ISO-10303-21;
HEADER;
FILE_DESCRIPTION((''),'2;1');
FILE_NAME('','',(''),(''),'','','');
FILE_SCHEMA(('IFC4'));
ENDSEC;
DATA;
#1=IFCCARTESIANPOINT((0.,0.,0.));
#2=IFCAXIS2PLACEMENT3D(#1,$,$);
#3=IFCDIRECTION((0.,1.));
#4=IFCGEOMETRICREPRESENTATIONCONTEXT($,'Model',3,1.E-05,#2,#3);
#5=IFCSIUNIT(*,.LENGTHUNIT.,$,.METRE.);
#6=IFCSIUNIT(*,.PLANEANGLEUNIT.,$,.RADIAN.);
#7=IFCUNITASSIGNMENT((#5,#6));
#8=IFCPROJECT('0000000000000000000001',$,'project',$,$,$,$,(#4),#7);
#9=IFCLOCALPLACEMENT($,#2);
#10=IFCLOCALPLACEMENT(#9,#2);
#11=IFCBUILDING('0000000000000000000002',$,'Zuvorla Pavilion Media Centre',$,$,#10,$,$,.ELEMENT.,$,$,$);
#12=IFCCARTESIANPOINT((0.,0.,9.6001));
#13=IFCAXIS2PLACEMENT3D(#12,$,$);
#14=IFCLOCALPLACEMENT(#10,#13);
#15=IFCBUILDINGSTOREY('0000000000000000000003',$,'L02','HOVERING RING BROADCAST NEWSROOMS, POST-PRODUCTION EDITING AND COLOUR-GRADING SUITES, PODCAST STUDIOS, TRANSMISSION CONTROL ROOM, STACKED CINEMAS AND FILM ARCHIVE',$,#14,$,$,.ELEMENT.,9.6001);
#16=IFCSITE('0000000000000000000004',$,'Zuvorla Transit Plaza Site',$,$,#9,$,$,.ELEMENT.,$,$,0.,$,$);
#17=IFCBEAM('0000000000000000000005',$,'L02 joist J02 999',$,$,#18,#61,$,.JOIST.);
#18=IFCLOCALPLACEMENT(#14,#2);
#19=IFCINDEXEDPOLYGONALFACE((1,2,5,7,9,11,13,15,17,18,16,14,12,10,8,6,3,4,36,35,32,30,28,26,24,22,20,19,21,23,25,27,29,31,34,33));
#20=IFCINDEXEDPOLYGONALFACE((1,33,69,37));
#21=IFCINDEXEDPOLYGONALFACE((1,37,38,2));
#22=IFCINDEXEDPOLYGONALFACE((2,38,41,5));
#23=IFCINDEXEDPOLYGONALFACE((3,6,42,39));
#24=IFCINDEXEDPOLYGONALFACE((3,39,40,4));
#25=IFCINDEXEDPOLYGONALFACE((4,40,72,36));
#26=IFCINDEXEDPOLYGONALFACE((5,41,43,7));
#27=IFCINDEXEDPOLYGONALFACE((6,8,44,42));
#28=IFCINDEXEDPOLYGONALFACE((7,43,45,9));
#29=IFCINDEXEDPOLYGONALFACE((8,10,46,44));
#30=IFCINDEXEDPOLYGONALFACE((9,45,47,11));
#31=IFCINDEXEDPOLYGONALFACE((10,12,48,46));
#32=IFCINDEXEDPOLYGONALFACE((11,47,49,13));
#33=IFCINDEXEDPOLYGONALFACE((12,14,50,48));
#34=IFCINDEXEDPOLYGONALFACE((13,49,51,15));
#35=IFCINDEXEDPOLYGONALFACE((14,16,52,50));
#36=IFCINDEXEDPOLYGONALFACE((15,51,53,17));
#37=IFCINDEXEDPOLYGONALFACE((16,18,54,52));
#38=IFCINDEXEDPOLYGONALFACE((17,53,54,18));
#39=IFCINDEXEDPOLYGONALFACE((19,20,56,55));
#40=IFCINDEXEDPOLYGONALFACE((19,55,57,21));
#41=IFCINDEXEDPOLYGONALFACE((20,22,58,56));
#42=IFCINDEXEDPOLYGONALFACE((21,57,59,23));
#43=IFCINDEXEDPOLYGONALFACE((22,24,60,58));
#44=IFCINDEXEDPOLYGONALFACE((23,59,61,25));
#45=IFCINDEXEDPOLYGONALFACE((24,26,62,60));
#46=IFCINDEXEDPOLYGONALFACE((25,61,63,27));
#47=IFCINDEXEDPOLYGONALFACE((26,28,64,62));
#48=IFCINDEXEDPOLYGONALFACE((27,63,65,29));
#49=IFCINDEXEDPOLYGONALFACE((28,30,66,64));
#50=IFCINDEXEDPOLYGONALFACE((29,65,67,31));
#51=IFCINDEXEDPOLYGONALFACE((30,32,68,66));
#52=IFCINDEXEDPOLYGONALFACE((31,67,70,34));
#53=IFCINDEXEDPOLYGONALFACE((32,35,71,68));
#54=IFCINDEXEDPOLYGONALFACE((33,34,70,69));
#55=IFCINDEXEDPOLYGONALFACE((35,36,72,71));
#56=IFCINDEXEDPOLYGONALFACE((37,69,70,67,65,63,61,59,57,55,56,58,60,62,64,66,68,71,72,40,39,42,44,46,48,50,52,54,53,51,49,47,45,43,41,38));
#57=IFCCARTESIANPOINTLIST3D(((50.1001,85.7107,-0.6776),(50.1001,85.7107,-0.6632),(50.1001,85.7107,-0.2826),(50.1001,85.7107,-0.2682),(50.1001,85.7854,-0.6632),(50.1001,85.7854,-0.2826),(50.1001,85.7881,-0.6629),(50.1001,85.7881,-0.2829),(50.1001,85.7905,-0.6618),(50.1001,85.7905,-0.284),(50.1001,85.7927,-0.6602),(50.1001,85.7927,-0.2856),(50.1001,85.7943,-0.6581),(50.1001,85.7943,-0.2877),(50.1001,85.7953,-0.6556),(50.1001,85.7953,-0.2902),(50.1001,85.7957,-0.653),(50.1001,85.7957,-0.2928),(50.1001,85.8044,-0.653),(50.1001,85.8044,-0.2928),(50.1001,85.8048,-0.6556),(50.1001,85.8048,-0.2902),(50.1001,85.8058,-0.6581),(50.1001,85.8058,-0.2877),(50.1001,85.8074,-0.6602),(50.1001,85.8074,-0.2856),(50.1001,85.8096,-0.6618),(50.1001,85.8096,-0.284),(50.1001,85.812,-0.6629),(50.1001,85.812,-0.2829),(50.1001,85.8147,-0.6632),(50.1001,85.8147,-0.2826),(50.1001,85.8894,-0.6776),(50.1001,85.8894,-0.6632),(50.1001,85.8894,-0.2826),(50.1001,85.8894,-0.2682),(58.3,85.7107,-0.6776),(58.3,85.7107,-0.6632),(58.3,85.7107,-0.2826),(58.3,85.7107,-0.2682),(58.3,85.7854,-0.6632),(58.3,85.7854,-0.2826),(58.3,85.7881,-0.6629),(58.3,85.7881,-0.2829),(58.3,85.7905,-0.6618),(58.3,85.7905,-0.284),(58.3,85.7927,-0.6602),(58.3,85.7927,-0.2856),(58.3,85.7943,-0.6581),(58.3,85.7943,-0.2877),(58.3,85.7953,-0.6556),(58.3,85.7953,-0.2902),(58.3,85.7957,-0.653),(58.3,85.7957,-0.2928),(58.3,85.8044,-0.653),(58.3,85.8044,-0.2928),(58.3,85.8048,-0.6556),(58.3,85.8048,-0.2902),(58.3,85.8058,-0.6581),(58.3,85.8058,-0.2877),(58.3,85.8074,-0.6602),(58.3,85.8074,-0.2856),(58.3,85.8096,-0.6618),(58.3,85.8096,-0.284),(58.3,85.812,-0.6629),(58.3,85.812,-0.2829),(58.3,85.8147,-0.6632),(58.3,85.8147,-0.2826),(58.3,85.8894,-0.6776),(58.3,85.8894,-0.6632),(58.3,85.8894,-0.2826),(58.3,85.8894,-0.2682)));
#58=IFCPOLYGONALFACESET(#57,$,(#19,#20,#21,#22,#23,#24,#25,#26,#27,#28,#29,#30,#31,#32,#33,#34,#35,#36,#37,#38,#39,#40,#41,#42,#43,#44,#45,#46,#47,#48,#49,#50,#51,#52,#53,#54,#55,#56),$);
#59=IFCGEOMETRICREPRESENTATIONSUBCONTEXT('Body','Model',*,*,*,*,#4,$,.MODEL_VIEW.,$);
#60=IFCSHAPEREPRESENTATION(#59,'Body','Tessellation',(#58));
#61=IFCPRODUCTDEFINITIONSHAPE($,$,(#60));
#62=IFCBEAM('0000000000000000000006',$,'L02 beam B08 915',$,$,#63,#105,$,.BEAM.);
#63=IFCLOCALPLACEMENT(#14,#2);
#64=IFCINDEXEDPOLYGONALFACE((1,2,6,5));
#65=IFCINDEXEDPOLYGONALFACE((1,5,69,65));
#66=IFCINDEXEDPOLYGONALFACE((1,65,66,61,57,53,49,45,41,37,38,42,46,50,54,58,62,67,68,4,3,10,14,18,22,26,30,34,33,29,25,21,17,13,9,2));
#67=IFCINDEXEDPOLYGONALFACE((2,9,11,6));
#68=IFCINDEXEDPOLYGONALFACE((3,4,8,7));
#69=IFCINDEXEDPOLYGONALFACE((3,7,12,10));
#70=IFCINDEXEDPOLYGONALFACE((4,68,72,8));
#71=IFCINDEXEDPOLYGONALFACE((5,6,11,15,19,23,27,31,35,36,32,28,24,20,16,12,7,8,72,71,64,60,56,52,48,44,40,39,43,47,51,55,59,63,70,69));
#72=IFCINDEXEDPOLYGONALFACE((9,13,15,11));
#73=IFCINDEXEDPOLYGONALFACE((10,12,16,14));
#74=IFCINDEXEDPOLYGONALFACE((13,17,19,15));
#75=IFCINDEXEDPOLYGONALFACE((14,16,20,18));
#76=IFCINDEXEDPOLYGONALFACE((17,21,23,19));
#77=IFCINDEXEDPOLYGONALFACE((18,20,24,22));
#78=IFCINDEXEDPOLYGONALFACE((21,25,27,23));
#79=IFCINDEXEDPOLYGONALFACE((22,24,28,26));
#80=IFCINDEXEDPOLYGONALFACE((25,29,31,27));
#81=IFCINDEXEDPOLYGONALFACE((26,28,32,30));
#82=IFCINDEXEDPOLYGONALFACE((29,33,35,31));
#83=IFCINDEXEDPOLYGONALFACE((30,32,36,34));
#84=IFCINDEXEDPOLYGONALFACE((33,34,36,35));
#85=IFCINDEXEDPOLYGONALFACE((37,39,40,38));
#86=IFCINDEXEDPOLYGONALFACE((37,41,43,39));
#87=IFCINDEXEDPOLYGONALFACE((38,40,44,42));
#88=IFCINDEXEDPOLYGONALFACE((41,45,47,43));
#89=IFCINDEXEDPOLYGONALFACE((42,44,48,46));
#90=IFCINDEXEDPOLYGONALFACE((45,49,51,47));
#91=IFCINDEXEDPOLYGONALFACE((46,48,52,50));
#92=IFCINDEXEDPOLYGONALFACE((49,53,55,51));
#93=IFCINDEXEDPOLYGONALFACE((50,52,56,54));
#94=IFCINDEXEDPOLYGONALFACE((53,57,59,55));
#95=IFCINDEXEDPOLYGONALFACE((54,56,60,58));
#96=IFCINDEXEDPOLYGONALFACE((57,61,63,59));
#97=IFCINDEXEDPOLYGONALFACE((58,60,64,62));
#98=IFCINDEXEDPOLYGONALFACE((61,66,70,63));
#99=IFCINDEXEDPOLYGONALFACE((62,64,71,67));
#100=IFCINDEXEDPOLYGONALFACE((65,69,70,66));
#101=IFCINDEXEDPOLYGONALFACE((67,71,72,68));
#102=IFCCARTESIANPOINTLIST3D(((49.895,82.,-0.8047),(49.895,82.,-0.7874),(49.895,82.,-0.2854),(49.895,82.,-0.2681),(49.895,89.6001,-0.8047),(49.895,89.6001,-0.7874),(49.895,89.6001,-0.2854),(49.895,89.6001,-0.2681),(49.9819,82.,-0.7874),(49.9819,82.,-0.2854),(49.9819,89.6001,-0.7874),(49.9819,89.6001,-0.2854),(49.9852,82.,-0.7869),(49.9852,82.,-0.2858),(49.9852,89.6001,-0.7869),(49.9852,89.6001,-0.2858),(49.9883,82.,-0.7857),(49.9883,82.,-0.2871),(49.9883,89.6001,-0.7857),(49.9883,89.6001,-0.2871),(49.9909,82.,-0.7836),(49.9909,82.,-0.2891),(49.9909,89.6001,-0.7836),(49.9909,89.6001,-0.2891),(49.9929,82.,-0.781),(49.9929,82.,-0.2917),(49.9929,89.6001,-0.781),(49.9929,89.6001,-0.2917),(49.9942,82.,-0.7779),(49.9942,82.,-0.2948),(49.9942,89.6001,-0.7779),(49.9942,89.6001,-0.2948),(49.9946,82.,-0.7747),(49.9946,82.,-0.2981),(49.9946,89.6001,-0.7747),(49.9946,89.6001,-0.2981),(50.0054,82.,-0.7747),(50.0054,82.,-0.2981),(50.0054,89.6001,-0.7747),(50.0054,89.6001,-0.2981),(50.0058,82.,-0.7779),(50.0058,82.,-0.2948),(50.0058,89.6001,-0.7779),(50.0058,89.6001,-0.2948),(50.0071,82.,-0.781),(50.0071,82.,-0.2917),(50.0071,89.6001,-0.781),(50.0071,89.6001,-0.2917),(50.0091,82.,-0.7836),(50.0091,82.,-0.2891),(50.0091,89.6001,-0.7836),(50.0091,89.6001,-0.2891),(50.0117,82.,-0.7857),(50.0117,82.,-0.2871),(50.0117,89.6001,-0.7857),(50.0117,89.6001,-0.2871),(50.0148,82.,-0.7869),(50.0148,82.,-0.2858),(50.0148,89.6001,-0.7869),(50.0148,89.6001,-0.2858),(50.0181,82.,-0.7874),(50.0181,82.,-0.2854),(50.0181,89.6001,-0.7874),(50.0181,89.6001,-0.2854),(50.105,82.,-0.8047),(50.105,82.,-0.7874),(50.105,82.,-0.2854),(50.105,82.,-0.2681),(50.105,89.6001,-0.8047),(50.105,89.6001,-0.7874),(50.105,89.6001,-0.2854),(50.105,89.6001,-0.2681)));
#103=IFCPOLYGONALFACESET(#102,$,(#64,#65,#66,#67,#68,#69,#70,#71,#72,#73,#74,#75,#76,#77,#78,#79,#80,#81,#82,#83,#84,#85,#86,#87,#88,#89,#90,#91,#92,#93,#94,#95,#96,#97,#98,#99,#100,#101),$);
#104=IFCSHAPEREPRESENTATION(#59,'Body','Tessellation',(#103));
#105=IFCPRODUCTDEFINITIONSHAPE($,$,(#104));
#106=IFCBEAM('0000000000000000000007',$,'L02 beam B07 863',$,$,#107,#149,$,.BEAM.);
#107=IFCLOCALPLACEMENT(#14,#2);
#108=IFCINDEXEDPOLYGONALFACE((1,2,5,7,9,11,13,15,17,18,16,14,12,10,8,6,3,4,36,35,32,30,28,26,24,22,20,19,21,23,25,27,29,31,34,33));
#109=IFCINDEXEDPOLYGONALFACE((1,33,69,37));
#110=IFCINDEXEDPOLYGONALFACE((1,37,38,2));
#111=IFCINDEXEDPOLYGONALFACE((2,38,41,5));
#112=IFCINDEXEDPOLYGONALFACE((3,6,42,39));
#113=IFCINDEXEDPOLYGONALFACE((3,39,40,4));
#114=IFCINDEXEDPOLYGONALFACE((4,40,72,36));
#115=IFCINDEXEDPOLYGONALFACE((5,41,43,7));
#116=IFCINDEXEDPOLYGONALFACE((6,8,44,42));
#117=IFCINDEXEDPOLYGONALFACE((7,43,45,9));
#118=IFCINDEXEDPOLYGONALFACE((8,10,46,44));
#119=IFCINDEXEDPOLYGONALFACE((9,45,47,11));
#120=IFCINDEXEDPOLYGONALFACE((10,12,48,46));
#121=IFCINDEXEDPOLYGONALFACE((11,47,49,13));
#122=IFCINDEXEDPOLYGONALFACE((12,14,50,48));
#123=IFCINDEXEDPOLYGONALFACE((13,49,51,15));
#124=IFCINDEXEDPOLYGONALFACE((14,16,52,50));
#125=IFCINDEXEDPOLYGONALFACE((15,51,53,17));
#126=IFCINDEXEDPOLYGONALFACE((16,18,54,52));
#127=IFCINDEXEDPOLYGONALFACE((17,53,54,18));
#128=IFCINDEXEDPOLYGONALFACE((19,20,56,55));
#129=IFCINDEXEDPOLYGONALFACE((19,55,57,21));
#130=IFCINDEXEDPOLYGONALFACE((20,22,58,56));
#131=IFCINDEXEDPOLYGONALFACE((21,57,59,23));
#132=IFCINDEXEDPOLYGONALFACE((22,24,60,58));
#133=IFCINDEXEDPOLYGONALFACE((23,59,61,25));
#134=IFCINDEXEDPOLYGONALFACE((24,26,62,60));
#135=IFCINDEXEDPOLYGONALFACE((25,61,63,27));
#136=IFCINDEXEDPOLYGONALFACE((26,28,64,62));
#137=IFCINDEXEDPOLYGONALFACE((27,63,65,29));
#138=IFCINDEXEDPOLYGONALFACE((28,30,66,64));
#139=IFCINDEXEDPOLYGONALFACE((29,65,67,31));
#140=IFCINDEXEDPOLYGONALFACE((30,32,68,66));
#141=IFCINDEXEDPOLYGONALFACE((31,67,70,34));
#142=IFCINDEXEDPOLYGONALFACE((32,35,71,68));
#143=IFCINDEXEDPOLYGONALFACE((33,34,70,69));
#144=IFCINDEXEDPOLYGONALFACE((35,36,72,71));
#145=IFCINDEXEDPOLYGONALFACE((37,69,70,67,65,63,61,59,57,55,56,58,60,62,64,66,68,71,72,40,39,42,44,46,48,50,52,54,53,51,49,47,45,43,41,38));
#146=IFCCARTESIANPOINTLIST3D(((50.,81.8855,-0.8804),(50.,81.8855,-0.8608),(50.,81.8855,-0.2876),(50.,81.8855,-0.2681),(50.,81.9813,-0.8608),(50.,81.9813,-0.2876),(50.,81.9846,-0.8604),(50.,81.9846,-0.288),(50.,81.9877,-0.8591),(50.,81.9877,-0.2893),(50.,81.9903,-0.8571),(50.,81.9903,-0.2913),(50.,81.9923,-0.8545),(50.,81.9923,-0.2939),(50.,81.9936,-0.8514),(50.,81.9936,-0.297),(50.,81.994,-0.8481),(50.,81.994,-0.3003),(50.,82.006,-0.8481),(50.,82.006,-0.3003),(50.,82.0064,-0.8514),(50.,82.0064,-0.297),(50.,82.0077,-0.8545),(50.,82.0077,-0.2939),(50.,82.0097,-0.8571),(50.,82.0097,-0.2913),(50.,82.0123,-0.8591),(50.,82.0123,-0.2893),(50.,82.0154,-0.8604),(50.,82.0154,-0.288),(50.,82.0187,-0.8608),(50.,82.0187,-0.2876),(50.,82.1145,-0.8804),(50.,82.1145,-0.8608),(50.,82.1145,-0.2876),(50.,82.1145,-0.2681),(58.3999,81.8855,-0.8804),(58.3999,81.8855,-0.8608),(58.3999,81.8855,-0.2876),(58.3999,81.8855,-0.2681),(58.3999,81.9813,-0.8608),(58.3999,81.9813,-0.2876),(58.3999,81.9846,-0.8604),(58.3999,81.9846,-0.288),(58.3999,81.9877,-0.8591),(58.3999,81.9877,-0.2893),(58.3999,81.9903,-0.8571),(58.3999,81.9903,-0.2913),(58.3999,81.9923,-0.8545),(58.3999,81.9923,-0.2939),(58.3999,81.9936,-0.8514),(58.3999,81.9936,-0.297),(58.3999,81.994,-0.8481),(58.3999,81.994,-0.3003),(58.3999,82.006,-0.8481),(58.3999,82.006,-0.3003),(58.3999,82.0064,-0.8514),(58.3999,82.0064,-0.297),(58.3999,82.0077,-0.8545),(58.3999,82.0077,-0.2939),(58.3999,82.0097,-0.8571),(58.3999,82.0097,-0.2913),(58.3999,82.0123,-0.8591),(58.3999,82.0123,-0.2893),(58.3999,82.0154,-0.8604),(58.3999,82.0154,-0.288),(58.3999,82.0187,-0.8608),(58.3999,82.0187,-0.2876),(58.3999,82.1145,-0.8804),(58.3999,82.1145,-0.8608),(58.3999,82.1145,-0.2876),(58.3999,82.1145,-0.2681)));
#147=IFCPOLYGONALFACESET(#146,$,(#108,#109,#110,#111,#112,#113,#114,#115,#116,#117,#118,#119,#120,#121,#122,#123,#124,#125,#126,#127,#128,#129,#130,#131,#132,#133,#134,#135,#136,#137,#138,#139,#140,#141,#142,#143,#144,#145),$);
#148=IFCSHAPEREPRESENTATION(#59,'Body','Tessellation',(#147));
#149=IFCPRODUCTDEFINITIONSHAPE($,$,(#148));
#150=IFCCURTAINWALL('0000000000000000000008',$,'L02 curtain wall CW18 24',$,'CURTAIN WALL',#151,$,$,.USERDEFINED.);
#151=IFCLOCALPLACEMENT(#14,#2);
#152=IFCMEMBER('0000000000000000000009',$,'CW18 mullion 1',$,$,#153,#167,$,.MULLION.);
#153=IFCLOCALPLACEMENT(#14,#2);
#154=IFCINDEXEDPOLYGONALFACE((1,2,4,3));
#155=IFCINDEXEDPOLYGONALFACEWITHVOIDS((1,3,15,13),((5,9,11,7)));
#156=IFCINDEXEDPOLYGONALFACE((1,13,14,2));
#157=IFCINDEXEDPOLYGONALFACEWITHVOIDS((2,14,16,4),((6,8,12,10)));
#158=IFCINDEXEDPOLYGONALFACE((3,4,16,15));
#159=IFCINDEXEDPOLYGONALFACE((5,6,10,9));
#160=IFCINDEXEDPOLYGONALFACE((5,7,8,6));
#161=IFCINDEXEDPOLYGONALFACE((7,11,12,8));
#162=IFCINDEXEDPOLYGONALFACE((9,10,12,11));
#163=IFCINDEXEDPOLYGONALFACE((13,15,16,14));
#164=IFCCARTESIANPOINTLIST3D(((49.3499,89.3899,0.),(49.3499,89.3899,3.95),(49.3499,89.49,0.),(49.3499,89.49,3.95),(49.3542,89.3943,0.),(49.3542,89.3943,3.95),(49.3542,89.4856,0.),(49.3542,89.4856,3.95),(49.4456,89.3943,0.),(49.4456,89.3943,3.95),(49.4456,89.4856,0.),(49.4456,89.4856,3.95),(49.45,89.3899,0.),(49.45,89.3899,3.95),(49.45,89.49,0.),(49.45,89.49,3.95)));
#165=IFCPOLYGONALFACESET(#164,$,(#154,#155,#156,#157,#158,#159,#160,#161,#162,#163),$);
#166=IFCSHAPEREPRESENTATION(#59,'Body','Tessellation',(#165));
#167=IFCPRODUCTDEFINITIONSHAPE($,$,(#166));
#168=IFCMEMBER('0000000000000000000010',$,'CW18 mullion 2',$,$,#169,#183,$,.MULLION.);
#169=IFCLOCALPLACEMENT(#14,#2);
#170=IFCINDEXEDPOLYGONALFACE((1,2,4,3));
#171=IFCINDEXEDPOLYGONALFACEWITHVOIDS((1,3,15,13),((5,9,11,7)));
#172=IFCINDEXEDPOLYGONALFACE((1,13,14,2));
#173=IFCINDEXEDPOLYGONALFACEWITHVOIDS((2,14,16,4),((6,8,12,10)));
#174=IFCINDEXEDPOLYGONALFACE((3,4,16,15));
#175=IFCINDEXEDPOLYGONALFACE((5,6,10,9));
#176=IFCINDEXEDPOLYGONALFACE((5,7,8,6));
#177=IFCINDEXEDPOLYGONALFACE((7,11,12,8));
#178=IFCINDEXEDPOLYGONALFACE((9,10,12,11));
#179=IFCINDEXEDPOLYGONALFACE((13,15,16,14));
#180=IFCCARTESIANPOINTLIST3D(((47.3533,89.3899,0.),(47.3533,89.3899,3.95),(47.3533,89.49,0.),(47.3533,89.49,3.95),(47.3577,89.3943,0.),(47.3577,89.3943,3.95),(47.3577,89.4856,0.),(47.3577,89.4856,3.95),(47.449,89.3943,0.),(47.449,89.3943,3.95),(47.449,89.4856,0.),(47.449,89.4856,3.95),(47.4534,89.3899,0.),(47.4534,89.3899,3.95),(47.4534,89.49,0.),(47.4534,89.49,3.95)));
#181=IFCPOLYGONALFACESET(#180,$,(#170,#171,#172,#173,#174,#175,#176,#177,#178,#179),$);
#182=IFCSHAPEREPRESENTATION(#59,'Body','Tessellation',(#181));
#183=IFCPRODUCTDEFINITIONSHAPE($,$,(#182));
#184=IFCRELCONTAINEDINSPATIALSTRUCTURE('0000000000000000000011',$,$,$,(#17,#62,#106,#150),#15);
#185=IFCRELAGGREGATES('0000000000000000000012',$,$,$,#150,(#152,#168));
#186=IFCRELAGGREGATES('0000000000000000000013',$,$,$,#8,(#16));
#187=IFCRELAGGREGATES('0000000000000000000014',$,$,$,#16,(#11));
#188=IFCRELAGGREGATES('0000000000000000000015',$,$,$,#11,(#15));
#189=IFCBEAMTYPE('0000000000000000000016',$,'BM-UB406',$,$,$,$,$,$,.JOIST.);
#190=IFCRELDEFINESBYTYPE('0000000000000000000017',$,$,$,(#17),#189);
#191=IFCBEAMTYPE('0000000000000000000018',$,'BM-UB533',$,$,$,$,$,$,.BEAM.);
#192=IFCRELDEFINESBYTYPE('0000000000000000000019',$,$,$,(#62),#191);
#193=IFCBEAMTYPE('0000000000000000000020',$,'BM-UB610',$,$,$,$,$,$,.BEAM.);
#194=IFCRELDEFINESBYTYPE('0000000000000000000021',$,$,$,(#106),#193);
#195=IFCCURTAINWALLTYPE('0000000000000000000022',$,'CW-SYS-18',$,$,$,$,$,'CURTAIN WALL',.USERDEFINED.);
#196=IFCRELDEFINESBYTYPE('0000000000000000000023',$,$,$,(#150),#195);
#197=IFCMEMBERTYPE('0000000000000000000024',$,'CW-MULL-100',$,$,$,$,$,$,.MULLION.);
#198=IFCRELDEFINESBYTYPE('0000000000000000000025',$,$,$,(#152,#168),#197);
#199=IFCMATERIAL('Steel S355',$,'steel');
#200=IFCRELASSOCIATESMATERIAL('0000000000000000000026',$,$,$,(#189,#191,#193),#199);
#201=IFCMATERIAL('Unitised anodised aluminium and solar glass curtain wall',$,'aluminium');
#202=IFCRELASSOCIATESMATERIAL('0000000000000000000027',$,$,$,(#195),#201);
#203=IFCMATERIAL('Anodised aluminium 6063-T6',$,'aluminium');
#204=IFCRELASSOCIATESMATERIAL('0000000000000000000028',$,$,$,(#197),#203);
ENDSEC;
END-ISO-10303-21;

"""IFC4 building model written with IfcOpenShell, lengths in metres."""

from ifc_helpers import new_model, si_unit, direction, frame, origin, origin_2d, place, context, subcontext, project, spatial, hollow_rectangle, i_section, extrude, material, material_profile, profile_set, type_object, element, aggregate, save


model = new_model("IFC4")

# Units and contexts
model_context = context("Model", 3, precision=1e-05, world=origin(), true_north=direction((0.0, 1.0)))
body_context = subcontext(model_context, "Body", "Model", "MODEL_VIEW")
ifc_project = project(units=[si_unit("LENGTHUNIT", "METRE"), si_unit("PLANEANGLEUNIT", "RADIAN")], contexts=[model_context])

# Site, building, storey
site_placement = place(None, origin())
site = spatial("IfcSite", under=ifc_project, at=site_placement, Name="Zuvorla Transit Plaza Site", CompositionType="ELEMENT", RefElevation=0.0)
building_placement = place(site_placement, origin())
building = spatial("IfcBuilding", under=site, at=building_placement, Name="Zuvorla Pavilion Media Centre", CompositionType="ELEMENT")
storey_placement = place(building_placement, frame((0.0, 0.0, 9.6001)))
storey = spatial("IfcBuildingStorey", under=building, at=storey_placement, Name="L02", Description="HOVERING RING BROADCAST NEWSROOMS, POST-PRODUCTION EDITING AND COLOUR-GRADING SUITES, PODCAST STUDIOS, TRANSMISSION CONTROL ROOM, STACKED CINEMAS AND FILM ARCHIVE", CompositionType="ELEMENT", Elevation=9.6001)

# Shared definitions
ifc_material_1 = material(Name="Steel S355", Category="steel")

# Beams
ifc_material_profile_1 = material_profile(ifc_material_1, i_section(OverallWidth=0.1787, OverallDepth=0.4094, WebThickness=0.0088, FlangeThickness=0.0144, FilletRadius=0.0103, at=origin_2d()), Name="UB 406x178x67")
ifc_profile_set_1 = profile_set([ifc_material_profile_1], Name="Steel S355")
beam_type_1 = type_object("IfcBeamType", Name="BM-UB406", PredefinedType="JOIST", material=ifc_profile_set_1)
for number, where, z_axis, x_axis, name in (
    (1, (50.1001, 85.8, -0.4729), (1.0, 0.0, 0.0), (0.0, 1.0, 0.0), "L02 joist J02 999"),
):
    element("IfcBeam", number, at=place(storey_placement, frame(where, z_axis=z_axis, x_axis=x_axis)), inside=storey, type_object=beam_type_1, Name=name, PredefinedType="JOIST", context=body_context, shape_type="SweptSolid", body=[
        extrude(i_section(OverallWidth=0.1787, OverallDepth=0.4094, WebThickness=0.0088, FlangeThickness=0.0144, FilletRadius=0.0103, at=origin_2d()), origin(), (0.0, 0.0, 1.0), 8.2),
    ])
ifc_material_profile_2 = material_profile(ifc_material_1, i_section(OverallWidth=0.21, OverallDepth=0.5366, WebThickness=0.0107, FlangeThickness=0.0173, FilletRadius=0.0127, at=origin_2d()), Name="UB 533x210x101")
ifc_profile_set_2 = profile_set([ifc_material_profile_2], Name="Steel S355")
beam_type_2 = type_object("IfcBeamType", Name="BM-UB533", PredefinedType="BEAM", material=ifc_profile_set_2)
beam_1_placement = place(storey_placement, frame((50.0, 82.0, -0.5364), z_axis=(0.0, 1.0, 0.0), x_axis=(-1.0, 0.0, 0.0)))
element("IfcBeam", 2, at=beam_1_placement, inside=storey, type_object=beam_type_2, Name="L02 beam B08 915", PredefinedType="BEAM", context=body_context, shape_type="SweptSolid", body=[
    extrude(i_section(OverallWidth=0.21, OverallDepth=0.5366, WebThickness=0.0107, FlangeThickness=0.0173, FilletRadius=0.0127, at=origin_2d()), origin(), (0.0, 0.0, 1.0), 7.6001),
])
ifc_material_profile_3 = material_profile(ifc_material_1, i_section(OverallWidth=0.229, OverallDepth=0.6123, WebThickness=0.012, FlangeThickness=0.0195, FilletRadius=0.0127, at=origin_2d()), Name="UB 610x229x125")
ifc_profile_set_3 = profile_set([ifc_material_profile_3], Name="Steel S355")
beam_type_3 = type_object("IfcBeamType", Name="BM-UB610", PredefinedType="BEAM", material=ifc_profile_set_3)
beam_2_placement = place(storey_placement, frame((50.0, 82.0, -0.5742), z_axis=(1.0, 0.0, 0.0), x_axis=(0.0, 1.0, 0.0)))
element("IfcBeam", 3, at=beam_2_placement, inside=storey, type_object=beam_type_3, Name="L02 beam B07 863", PredefinedType="BEAM", context=body_context, shape_type="SweptSolid", body=[
    extrude(i_section(OverallWidth=0.229, OverallDepth=0.6123, WebThickness=0.012, FlangeThickness=0.0195, FilletRadius=0.0127, at=origin_2d()), origin(), (0.0, 0.0, 1.0), 8.3999),
])

# Curtain wall, members
ifc_material_2 = material(Name="Unitised anodised aluminium and solar glass curtain wall", Category="aluminium")
curtain_wall_type = type_object("IfcCurtainWallType", Name="CW-SYS-18", ElementType="CURTAIN WALL", PredefinedType="USERDEFINED", material=ifc_material_2)
curtain_wall_placement = place(storey_placement, origin())
curtain_wall = element("IfcCurtainWall", 4, at=curtain_wall_placement, inside=storey, type_object=curtain_wall_type, Name="L02 curtain wall CW18 24", ObjectType="CURTAIN WALL", PredefinedType="USERDEFINED")
ifc_material_3 = material(Name="Anodised aluminium 6063-T6", Category="aluminium")
ifc_material_profile_4 = material_profile(ifc_material_3, hollow_rectangle(XDim=0.1001, YDim=0.1001, WallThickness=0.0044, at=origin_2d()), Name="ALU MULL 100x100")
ifc_profile_set_4 = profile_set([ifc_material_profile_4], Name="Anodised aluminium 6063-T6")
member_type_1 = type_object("IfcMemberType", Name="CW-MULL-100", PredefinedType="MULLION", material=ifc_profile_set_4)
member_1_placement = place(storey_placement, frame((49.3999, 89.4399, 0.0), z_axis=(0.0, 0.0, 1.0), x_axis=(1.0, 0.0, 0.0)))
member_1 = element("IfcMember", 5, at=member_1_placement, type_object=member_type_1, Name="CW18 mullion 1", PredefinedType="MULLION", context=body_context, shape_type="SweptSolid", body=[
    extrude(hollow_rectangle(XDim=0.1001, YDim=0.1001, WallThickness=0.0044, at=origin_2d()), origin(), (0.0, 0.0, 1.0), 3.95),
])
member_2_placement = place(storey_placement, frame((47.4033, 89.4399, 0.0), z_axis=(0.0, 0.0, 1.0), x_axis=(1.0, 0.0, 0.0)))
member_2 = element("IfcMember", 6, at=member_2_placement, type_object=member_type_1, Name="CW18 mullion 2", PredefinedType="MULLION", context=body_context, shape_type="SweptSolid", body=[
    extrude(hollow_rectangle(XDim=0.1001, YDim=0.1001, WallThickness=0.0044, at=origin_2d()), origin(), (0.0, 0.0, 1.0), 3.95),
])
aggregate(curtain_wall, [member_1, member_2])

save(model, "model.ifc")
